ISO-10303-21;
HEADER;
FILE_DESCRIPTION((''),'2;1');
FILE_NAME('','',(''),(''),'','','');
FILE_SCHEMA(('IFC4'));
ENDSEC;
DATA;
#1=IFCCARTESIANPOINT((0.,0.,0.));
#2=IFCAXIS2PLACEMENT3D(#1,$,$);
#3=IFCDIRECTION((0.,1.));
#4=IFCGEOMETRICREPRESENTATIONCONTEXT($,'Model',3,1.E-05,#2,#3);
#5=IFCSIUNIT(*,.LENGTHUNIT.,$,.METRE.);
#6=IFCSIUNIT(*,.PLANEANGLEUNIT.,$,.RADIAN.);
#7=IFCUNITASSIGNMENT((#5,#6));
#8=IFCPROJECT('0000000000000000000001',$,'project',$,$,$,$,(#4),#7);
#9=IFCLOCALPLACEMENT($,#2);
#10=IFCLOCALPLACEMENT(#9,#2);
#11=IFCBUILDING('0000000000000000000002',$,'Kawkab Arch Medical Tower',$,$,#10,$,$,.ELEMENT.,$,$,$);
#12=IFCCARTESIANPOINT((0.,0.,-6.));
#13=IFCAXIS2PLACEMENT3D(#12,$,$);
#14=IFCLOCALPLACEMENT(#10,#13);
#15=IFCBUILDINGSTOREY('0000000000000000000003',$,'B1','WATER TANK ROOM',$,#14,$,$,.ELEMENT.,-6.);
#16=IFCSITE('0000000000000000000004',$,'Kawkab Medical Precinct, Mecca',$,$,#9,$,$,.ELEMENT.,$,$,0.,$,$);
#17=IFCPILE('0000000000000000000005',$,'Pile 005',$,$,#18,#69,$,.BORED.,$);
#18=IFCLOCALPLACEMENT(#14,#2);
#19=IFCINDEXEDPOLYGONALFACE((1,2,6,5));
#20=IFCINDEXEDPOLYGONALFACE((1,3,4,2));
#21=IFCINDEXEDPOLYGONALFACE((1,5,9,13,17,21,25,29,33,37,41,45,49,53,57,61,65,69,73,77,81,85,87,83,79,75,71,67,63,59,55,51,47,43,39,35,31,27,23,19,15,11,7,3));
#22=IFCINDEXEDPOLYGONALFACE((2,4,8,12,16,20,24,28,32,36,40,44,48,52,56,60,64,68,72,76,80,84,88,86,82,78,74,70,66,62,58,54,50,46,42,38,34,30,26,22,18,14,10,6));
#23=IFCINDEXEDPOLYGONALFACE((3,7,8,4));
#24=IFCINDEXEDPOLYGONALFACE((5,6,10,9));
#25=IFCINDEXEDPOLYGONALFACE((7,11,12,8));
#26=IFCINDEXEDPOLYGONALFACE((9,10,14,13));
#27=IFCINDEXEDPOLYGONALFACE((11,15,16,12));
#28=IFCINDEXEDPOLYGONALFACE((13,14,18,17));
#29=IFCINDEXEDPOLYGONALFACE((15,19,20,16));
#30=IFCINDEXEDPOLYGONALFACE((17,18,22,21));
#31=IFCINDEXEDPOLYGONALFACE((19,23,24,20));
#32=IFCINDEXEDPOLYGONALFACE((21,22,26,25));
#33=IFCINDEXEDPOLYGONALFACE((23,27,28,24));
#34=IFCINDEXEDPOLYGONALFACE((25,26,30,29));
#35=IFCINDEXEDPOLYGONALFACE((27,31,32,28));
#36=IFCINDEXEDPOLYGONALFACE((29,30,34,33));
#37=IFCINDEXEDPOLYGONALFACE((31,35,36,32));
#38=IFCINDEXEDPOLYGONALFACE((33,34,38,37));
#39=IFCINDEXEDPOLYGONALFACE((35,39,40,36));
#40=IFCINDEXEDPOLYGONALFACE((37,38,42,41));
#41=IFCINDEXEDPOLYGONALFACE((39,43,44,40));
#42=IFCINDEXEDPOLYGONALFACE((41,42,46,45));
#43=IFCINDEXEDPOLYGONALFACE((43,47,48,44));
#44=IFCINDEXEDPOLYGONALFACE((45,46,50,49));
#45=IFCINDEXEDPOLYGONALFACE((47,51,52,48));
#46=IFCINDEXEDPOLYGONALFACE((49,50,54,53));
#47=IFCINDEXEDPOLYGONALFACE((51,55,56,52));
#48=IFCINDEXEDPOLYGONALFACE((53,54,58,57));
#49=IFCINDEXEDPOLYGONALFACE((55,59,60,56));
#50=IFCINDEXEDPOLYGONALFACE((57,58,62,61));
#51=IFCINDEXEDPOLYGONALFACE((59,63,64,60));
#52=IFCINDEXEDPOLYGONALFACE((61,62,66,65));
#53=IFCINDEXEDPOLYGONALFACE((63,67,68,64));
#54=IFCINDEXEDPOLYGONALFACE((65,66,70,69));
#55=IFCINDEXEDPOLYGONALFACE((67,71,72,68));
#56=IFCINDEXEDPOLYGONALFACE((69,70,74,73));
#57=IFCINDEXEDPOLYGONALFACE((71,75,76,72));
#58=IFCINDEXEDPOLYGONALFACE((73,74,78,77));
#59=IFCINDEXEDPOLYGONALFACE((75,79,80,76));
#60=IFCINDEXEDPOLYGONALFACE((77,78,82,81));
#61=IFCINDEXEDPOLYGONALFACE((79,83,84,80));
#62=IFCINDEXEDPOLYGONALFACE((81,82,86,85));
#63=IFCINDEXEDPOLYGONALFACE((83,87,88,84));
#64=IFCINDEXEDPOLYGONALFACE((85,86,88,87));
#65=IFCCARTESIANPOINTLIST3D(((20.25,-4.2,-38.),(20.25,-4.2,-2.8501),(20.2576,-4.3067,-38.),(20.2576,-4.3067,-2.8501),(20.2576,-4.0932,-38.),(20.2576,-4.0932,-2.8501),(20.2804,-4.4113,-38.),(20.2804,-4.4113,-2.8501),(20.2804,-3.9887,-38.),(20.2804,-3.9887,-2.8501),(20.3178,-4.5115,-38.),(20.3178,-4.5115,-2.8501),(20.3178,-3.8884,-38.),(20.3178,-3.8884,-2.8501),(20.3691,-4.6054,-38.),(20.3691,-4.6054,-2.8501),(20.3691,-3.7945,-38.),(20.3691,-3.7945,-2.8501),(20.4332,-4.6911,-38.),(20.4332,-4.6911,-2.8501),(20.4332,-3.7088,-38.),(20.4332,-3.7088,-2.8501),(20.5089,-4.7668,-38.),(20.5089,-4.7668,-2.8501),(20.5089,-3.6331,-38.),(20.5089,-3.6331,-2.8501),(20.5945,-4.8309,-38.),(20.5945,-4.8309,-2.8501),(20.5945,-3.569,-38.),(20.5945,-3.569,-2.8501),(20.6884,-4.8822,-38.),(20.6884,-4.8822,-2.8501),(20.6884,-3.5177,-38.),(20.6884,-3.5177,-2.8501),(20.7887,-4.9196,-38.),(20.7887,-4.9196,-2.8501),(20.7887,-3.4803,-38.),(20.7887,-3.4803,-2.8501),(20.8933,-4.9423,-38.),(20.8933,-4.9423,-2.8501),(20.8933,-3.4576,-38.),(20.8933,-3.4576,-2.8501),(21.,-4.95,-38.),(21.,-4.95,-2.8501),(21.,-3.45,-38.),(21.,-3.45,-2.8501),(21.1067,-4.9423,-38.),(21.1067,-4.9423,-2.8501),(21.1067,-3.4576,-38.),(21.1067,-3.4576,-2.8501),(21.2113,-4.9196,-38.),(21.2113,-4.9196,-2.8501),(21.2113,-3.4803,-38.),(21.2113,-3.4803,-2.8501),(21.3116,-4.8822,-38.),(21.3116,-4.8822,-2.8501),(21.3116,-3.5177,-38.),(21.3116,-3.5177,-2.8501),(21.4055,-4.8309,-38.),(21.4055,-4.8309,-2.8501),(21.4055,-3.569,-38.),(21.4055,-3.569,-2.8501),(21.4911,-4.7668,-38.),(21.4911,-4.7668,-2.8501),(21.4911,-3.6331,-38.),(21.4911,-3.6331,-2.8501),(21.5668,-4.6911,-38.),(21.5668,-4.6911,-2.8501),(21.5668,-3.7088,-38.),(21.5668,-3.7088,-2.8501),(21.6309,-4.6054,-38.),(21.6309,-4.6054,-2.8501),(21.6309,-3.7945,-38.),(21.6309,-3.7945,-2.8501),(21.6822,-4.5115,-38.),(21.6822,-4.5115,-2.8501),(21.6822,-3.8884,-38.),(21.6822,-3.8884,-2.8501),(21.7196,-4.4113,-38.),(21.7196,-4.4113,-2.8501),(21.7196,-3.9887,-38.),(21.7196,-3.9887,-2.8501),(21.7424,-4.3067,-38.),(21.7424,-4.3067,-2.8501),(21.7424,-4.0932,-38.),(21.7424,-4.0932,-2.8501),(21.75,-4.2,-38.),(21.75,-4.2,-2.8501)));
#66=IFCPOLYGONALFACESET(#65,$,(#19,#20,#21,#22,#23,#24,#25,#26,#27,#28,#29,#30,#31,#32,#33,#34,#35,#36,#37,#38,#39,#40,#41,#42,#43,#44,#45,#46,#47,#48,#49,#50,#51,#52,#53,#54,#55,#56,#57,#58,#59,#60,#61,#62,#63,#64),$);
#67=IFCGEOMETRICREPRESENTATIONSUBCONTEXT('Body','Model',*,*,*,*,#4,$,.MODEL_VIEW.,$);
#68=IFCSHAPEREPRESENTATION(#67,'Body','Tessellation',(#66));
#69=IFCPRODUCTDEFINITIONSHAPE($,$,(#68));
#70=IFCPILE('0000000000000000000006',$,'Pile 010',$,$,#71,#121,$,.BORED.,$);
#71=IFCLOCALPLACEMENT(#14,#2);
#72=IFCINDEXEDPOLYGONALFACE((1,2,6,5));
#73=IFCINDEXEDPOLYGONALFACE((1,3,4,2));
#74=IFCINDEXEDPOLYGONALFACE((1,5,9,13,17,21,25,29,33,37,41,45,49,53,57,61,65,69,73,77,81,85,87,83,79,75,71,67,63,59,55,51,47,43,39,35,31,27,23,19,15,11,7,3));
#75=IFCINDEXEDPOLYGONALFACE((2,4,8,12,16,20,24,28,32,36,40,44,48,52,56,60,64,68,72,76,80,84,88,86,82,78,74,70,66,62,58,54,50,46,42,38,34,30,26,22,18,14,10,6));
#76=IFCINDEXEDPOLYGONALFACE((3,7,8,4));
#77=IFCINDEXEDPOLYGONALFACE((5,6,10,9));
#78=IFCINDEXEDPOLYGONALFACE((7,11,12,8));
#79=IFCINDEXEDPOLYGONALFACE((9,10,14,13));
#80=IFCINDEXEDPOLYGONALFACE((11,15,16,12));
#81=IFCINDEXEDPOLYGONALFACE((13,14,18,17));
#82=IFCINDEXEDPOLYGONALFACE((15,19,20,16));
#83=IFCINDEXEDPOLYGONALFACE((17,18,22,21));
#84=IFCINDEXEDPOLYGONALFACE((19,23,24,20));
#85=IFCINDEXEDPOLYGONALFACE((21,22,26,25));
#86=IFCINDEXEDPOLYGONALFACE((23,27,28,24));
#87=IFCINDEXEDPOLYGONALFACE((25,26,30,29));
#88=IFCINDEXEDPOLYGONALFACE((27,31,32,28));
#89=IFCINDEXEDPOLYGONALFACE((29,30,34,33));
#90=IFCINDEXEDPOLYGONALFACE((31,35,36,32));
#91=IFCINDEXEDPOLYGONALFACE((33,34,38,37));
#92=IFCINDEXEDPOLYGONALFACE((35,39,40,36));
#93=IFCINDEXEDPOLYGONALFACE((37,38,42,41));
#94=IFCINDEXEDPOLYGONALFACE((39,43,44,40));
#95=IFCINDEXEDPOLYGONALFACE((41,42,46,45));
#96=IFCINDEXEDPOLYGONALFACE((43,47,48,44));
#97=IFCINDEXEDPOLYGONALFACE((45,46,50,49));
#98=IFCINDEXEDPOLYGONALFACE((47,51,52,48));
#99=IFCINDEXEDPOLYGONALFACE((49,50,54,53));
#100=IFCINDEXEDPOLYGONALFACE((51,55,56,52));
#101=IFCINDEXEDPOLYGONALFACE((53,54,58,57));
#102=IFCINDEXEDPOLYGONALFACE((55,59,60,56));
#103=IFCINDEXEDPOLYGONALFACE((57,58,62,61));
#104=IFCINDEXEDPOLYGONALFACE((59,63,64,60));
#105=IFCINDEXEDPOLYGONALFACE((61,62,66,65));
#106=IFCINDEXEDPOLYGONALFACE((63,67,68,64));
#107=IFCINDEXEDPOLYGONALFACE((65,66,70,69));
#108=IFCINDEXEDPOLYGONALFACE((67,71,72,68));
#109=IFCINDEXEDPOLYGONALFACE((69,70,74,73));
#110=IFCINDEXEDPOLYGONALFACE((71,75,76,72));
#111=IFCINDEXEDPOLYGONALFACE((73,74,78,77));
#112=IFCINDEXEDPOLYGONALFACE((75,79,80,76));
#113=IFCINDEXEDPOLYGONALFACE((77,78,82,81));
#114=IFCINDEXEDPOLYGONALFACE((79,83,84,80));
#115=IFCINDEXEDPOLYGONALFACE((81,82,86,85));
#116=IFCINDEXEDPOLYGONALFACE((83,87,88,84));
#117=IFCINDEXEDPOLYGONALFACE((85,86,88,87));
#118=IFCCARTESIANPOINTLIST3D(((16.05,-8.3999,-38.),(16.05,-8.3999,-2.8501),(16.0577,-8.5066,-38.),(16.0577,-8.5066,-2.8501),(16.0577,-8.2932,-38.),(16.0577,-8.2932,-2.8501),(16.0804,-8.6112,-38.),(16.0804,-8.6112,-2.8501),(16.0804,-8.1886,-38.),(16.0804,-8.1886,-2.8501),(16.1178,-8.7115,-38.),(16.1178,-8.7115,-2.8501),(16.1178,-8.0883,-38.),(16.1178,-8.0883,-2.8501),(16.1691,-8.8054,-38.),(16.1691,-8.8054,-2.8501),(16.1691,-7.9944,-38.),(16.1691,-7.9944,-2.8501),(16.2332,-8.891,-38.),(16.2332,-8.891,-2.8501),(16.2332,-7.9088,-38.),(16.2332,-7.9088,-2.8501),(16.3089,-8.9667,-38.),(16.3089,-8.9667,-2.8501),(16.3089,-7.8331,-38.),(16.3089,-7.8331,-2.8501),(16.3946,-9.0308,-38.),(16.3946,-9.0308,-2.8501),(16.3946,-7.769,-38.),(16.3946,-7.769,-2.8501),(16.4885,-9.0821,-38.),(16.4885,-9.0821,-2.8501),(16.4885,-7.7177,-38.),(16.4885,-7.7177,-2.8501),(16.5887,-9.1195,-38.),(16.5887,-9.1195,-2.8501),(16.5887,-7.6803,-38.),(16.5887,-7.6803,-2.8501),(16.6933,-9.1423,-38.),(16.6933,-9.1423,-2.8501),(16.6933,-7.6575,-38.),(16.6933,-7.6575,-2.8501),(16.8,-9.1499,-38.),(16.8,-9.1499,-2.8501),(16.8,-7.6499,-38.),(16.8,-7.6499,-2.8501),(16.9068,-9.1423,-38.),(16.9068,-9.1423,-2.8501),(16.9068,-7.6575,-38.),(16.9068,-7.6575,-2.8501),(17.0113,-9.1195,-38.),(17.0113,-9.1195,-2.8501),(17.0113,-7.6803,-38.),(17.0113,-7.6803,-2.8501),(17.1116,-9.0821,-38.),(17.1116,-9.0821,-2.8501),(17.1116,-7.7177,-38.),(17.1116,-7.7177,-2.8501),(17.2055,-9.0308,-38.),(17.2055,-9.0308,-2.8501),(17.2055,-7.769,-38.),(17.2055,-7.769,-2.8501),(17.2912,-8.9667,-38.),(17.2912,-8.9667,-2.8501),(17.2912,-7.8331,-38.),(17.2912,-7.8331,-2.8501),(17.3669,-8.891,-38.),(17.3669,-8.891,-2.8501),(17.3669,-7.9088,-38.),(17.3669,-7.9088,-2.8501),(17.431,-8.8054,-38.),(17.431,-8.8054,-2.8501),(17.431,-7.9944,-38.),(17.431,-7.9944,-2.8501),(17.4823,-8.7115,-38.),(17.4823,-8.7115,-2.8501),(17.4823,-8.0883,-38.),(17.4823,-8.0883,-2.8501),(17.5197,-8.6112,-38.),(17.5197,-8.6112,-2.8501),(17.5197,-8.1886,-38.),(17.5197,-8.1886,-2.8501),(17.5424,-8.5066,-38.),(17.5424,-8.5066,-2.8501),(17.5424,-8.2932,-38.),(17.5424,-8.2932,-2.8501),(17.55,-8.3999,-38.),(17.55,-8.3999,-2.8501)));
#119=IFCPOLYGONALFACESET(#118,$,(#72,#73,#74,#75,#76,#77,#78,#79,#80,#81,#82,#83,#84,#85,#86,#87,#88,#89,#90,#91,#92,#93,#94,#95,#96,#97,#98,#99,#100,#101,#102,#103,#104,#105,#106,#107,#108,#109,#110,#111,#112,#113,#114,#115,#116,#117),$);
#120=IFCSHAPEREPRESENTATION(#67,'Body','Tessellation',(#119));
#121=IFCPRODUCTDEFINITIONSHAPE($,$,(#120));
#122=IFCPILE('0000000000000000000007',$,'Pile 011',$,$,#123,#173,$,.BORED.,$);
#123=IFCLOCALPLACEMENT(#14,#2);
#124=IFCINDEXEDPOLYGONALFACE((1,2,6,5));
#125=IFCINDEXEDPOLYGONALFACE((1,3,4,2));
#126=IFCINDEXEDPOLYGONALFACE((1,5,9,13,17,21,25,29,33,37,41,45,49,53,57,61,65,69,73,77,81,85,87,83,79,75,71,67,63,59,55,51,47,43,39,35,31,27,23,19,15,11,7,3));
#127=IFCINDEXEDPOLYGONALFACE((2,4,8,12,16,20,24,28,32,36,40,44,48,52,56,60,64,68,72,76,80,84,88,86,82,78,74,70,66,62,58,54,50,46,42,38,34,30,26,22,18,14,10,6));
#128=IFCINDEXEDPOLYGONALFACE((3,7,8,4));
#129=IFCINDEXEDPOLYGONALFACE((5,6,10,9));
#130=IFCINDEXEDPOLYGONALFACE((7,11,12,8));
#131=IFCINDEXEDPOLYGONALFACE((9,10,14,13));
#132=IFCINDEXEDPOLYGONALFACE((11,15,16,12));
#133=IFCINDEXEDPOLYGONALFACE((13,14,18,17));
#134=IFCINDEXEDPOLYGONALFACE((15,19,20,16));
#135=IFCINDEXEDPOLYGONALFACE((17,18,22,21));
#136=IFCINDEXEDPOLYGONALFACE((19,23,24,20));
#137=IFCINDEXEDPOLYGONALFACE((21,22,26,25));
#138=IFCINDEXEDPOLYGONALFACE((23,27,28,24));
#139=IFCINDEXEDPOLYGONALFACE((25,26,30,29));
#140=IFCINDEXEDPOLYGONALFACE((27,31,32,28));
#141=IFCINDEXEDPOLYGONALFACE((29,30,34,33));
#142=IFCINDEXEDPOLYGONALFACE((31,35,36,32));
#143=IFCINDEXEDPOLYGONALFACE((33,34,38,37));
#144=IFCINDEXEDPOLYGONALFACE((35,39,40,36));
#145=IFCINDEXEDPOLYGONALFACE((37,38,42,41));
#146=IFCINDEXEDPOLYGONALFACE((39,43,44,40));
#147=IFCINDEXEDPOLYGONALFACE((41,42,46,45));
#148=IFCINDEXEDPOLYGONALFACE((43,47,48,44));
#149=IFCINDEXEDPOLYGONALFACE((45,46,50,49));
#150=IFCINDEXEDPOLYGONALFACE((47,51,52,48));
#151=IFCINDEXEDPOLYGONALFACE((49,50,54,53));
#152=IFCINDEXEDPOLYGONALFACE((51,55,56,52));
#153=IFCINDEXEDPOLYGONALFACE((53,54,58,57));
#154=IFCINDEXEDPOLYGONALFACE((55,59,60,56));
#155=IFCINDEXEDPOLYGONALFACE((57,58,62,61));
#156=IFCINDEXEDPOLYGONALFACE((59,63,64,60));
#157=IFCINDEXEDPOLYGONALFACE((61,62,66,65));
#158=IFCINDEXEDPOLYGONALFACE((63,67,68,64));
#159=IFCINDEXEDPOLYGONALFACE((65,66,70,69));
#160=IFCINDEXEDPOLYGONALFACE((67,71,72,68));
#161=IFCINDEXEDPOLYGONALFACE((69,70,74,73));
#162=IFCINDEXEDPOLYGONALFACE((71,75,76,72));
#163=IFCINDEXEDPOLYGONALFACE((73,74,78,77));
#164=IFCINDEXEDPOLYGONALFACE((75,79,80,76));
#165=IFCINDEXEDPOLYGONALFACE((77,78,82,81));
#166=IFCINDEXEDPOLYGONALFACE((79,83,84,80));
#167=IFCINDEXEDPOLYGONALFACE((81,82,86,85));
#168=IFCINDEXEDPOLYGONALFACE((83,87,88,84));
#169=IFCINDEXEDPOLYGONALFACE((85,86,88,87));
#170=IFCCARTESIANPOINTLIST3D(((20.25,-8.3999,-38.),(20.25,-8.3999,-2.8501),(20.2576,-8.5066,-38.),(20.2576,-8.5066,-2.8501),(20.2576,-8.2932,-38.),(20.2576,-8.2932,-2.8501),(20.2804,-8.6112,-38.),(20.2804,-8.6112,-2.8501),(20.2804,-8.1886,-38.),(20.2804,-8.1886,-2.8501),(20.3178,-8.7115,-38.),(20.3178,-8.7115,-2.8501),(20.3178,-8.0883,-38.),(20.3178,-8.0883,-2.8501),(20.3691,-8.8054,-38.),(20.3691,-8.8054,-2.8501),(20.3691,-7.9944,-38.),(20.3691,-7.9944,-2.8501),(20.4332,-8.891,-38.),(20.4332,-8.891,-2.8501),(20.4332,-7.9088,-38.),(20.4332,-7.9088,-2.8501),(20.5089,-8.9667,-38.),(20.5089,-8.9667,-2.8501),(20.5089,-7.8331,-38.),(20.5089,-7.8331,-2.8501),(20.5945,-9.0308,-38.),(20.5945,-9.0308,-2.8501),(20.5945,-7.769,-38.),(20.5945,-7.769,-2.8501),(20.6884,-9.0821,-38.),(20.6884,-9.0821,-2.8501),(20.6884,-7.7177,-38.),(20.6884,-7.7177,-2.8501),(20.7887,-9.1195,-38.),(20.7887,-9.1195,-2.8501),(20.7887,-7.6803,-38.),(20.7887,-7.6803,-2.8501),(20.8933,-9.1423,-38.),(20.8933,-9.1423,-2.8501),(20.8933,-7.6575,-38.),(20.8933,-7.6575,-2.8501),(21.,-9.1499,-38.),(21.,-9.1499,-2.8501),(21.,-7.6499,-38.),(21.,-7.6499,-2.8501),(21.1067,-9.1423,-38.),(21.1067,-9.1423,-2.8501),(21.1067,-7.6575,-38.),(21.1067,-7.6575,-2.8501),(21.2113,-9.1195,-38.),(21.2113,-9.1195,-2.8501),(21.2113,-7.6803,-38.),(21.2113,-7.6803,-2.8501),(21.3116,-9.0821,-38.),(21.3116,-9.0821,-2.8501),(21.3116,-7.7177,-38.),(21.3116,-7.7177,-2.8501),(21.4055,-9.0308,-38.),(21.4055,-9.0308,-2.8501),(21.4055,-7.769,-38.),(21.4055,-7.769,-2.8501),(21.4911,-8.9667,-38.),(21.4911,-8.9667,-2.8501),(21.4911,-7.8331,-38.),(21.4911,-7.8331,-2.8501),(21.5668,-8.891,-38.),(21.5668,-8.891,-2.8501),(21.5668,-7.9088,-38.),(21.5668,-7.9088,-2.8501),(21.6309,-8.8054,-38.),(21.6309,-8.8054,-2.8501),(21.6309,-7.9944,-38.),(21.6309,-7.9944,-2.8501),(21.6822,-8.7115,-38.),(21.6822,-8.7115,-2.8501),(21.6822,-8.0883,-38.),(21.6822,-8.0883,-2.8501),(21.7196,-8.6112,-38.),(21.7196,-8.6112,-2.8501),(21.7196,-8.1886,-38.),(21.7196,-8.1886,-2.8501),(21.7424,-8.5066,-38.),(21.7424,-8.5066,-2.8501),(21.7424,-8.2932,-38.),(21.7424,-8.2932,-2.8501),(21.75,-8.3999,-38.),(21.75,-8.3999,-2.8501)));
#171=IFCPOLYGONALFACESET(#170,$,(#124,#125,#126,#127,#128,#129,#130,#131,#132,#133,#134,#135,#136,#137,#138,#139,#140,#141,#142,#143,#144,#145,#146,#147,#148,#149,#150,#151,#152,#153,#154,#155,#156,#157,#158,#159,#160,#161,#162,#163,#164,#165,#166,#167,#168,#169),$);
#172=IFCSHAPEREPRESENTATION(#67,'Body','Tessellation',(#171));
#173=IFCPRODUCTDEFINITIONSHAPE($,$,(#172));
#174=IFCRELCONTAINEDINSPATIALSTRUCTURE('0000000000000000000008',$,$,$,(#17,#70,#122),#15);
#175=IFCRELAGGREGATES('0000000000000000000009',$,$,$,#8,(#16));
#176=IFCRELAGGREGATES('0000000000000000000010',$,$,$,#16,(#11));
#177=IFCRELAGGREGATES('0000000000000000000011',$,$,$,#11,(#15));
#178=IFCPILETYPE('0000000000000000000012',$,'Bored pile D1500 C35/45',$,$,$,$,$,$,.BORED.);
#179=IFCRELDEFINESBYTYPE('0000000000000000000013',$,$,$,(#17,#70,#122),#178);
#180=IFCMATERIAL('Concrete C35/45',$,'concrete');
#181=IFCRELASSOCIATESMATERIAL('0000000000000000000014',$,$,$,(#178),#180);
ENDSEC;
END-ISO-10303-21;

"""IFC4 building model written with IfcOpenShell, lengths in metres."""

from ifc_helpers import new_model, si_unit, direction, frame, origin, origin_2d, place, context, subcontext, project, spatial, circle, extrude, material, material_profile, profile_set, type_object, element, save


model = new_model("IFC4")

# Units and contexts
model_context = context("Model", 3, precision=1e-05, world=origin(), true_north=direction((0.0, 1.0)))
body_context = subcontext(model_context, "Body", "Model", "MODEL_VIEW")
ifc_project = project(units=[si_unit("LENGTHUNIT", "METRE"), si_unit("PLANEANGLEUNIT", "RADIAN")], contexts=[model_context])

# Site, building, storey
site_placement = place(None, origin())
site = spatial("IfcSite", under=ifc_project, at=site_placement, Name="Kawkab Medical Precinct, Mecca", CompositionType="ELEMENT", RefElevation=0.0)
building_placement = place(site_placement, origin())
building = spatial("IfcBuilding", under=site, at=building_placement, Name="Kawkab Arch Medical Tower", CompositionType="ELEMENT")
storey_placement = place(building_placement, frame((0.0, 0.0, -6.0)))
storey = spatial("IfcBuildingStorey", under=building, at=storey_placement, Name="B1", Description="WATER TANK ROOM", CompositionType="ELEMENT", Elevation=-6.0)

# Piles
ifc_material_1 = material(Name="Concrete C35/45", Category="concrete")
ifc_material_profile_1 = material_profile(ifc_material_1, circle(Radius=0.75, at=origin_2d()), Name="Bored pile D1500")
ifc_profile_set_1 = profile_set([ifc_material_profile_1], Name="Concrete C35/45")
pile_type_1 = type_object("IfcPileType", Name="Bored pile D1500 C35/45", PredefinedType="BORED", material=ifc_profile_set_1)
for number, where, z_axis, x_axis, name in (
    (1, (21.0, -4.2, -2.8501), (0.0, 0.0, -1.0), (1.0, 0.0, 0.0), "Pile 005"),
    (2, (16.8, -8.3999, -2.8501), (0.0, 0.0, -1.0), (1.0, 0.0, 0.0), "Pile 010"),
    (3, (21.0, -8.3999, -2.8501), (0.0, 0.0, -1.0), (1.0, 0.0, 0.0), "Pile 011"),
):
    element("IfcPile", number, at=place(storey_placement, frame(where, z_axis=z_axis, x_axis=x_axis)), inside=storey, type_object=pile_type_1, Name=name, PredefinedType="BORED", context=body_context, shape_type="SweptSolid", body=[
        extrude(circle(Radius=0.75, at=origin_2d()), origin(), (0.0, 0.0, 1.0), 35.1499),
    ])

save(model, "model.ifc")
